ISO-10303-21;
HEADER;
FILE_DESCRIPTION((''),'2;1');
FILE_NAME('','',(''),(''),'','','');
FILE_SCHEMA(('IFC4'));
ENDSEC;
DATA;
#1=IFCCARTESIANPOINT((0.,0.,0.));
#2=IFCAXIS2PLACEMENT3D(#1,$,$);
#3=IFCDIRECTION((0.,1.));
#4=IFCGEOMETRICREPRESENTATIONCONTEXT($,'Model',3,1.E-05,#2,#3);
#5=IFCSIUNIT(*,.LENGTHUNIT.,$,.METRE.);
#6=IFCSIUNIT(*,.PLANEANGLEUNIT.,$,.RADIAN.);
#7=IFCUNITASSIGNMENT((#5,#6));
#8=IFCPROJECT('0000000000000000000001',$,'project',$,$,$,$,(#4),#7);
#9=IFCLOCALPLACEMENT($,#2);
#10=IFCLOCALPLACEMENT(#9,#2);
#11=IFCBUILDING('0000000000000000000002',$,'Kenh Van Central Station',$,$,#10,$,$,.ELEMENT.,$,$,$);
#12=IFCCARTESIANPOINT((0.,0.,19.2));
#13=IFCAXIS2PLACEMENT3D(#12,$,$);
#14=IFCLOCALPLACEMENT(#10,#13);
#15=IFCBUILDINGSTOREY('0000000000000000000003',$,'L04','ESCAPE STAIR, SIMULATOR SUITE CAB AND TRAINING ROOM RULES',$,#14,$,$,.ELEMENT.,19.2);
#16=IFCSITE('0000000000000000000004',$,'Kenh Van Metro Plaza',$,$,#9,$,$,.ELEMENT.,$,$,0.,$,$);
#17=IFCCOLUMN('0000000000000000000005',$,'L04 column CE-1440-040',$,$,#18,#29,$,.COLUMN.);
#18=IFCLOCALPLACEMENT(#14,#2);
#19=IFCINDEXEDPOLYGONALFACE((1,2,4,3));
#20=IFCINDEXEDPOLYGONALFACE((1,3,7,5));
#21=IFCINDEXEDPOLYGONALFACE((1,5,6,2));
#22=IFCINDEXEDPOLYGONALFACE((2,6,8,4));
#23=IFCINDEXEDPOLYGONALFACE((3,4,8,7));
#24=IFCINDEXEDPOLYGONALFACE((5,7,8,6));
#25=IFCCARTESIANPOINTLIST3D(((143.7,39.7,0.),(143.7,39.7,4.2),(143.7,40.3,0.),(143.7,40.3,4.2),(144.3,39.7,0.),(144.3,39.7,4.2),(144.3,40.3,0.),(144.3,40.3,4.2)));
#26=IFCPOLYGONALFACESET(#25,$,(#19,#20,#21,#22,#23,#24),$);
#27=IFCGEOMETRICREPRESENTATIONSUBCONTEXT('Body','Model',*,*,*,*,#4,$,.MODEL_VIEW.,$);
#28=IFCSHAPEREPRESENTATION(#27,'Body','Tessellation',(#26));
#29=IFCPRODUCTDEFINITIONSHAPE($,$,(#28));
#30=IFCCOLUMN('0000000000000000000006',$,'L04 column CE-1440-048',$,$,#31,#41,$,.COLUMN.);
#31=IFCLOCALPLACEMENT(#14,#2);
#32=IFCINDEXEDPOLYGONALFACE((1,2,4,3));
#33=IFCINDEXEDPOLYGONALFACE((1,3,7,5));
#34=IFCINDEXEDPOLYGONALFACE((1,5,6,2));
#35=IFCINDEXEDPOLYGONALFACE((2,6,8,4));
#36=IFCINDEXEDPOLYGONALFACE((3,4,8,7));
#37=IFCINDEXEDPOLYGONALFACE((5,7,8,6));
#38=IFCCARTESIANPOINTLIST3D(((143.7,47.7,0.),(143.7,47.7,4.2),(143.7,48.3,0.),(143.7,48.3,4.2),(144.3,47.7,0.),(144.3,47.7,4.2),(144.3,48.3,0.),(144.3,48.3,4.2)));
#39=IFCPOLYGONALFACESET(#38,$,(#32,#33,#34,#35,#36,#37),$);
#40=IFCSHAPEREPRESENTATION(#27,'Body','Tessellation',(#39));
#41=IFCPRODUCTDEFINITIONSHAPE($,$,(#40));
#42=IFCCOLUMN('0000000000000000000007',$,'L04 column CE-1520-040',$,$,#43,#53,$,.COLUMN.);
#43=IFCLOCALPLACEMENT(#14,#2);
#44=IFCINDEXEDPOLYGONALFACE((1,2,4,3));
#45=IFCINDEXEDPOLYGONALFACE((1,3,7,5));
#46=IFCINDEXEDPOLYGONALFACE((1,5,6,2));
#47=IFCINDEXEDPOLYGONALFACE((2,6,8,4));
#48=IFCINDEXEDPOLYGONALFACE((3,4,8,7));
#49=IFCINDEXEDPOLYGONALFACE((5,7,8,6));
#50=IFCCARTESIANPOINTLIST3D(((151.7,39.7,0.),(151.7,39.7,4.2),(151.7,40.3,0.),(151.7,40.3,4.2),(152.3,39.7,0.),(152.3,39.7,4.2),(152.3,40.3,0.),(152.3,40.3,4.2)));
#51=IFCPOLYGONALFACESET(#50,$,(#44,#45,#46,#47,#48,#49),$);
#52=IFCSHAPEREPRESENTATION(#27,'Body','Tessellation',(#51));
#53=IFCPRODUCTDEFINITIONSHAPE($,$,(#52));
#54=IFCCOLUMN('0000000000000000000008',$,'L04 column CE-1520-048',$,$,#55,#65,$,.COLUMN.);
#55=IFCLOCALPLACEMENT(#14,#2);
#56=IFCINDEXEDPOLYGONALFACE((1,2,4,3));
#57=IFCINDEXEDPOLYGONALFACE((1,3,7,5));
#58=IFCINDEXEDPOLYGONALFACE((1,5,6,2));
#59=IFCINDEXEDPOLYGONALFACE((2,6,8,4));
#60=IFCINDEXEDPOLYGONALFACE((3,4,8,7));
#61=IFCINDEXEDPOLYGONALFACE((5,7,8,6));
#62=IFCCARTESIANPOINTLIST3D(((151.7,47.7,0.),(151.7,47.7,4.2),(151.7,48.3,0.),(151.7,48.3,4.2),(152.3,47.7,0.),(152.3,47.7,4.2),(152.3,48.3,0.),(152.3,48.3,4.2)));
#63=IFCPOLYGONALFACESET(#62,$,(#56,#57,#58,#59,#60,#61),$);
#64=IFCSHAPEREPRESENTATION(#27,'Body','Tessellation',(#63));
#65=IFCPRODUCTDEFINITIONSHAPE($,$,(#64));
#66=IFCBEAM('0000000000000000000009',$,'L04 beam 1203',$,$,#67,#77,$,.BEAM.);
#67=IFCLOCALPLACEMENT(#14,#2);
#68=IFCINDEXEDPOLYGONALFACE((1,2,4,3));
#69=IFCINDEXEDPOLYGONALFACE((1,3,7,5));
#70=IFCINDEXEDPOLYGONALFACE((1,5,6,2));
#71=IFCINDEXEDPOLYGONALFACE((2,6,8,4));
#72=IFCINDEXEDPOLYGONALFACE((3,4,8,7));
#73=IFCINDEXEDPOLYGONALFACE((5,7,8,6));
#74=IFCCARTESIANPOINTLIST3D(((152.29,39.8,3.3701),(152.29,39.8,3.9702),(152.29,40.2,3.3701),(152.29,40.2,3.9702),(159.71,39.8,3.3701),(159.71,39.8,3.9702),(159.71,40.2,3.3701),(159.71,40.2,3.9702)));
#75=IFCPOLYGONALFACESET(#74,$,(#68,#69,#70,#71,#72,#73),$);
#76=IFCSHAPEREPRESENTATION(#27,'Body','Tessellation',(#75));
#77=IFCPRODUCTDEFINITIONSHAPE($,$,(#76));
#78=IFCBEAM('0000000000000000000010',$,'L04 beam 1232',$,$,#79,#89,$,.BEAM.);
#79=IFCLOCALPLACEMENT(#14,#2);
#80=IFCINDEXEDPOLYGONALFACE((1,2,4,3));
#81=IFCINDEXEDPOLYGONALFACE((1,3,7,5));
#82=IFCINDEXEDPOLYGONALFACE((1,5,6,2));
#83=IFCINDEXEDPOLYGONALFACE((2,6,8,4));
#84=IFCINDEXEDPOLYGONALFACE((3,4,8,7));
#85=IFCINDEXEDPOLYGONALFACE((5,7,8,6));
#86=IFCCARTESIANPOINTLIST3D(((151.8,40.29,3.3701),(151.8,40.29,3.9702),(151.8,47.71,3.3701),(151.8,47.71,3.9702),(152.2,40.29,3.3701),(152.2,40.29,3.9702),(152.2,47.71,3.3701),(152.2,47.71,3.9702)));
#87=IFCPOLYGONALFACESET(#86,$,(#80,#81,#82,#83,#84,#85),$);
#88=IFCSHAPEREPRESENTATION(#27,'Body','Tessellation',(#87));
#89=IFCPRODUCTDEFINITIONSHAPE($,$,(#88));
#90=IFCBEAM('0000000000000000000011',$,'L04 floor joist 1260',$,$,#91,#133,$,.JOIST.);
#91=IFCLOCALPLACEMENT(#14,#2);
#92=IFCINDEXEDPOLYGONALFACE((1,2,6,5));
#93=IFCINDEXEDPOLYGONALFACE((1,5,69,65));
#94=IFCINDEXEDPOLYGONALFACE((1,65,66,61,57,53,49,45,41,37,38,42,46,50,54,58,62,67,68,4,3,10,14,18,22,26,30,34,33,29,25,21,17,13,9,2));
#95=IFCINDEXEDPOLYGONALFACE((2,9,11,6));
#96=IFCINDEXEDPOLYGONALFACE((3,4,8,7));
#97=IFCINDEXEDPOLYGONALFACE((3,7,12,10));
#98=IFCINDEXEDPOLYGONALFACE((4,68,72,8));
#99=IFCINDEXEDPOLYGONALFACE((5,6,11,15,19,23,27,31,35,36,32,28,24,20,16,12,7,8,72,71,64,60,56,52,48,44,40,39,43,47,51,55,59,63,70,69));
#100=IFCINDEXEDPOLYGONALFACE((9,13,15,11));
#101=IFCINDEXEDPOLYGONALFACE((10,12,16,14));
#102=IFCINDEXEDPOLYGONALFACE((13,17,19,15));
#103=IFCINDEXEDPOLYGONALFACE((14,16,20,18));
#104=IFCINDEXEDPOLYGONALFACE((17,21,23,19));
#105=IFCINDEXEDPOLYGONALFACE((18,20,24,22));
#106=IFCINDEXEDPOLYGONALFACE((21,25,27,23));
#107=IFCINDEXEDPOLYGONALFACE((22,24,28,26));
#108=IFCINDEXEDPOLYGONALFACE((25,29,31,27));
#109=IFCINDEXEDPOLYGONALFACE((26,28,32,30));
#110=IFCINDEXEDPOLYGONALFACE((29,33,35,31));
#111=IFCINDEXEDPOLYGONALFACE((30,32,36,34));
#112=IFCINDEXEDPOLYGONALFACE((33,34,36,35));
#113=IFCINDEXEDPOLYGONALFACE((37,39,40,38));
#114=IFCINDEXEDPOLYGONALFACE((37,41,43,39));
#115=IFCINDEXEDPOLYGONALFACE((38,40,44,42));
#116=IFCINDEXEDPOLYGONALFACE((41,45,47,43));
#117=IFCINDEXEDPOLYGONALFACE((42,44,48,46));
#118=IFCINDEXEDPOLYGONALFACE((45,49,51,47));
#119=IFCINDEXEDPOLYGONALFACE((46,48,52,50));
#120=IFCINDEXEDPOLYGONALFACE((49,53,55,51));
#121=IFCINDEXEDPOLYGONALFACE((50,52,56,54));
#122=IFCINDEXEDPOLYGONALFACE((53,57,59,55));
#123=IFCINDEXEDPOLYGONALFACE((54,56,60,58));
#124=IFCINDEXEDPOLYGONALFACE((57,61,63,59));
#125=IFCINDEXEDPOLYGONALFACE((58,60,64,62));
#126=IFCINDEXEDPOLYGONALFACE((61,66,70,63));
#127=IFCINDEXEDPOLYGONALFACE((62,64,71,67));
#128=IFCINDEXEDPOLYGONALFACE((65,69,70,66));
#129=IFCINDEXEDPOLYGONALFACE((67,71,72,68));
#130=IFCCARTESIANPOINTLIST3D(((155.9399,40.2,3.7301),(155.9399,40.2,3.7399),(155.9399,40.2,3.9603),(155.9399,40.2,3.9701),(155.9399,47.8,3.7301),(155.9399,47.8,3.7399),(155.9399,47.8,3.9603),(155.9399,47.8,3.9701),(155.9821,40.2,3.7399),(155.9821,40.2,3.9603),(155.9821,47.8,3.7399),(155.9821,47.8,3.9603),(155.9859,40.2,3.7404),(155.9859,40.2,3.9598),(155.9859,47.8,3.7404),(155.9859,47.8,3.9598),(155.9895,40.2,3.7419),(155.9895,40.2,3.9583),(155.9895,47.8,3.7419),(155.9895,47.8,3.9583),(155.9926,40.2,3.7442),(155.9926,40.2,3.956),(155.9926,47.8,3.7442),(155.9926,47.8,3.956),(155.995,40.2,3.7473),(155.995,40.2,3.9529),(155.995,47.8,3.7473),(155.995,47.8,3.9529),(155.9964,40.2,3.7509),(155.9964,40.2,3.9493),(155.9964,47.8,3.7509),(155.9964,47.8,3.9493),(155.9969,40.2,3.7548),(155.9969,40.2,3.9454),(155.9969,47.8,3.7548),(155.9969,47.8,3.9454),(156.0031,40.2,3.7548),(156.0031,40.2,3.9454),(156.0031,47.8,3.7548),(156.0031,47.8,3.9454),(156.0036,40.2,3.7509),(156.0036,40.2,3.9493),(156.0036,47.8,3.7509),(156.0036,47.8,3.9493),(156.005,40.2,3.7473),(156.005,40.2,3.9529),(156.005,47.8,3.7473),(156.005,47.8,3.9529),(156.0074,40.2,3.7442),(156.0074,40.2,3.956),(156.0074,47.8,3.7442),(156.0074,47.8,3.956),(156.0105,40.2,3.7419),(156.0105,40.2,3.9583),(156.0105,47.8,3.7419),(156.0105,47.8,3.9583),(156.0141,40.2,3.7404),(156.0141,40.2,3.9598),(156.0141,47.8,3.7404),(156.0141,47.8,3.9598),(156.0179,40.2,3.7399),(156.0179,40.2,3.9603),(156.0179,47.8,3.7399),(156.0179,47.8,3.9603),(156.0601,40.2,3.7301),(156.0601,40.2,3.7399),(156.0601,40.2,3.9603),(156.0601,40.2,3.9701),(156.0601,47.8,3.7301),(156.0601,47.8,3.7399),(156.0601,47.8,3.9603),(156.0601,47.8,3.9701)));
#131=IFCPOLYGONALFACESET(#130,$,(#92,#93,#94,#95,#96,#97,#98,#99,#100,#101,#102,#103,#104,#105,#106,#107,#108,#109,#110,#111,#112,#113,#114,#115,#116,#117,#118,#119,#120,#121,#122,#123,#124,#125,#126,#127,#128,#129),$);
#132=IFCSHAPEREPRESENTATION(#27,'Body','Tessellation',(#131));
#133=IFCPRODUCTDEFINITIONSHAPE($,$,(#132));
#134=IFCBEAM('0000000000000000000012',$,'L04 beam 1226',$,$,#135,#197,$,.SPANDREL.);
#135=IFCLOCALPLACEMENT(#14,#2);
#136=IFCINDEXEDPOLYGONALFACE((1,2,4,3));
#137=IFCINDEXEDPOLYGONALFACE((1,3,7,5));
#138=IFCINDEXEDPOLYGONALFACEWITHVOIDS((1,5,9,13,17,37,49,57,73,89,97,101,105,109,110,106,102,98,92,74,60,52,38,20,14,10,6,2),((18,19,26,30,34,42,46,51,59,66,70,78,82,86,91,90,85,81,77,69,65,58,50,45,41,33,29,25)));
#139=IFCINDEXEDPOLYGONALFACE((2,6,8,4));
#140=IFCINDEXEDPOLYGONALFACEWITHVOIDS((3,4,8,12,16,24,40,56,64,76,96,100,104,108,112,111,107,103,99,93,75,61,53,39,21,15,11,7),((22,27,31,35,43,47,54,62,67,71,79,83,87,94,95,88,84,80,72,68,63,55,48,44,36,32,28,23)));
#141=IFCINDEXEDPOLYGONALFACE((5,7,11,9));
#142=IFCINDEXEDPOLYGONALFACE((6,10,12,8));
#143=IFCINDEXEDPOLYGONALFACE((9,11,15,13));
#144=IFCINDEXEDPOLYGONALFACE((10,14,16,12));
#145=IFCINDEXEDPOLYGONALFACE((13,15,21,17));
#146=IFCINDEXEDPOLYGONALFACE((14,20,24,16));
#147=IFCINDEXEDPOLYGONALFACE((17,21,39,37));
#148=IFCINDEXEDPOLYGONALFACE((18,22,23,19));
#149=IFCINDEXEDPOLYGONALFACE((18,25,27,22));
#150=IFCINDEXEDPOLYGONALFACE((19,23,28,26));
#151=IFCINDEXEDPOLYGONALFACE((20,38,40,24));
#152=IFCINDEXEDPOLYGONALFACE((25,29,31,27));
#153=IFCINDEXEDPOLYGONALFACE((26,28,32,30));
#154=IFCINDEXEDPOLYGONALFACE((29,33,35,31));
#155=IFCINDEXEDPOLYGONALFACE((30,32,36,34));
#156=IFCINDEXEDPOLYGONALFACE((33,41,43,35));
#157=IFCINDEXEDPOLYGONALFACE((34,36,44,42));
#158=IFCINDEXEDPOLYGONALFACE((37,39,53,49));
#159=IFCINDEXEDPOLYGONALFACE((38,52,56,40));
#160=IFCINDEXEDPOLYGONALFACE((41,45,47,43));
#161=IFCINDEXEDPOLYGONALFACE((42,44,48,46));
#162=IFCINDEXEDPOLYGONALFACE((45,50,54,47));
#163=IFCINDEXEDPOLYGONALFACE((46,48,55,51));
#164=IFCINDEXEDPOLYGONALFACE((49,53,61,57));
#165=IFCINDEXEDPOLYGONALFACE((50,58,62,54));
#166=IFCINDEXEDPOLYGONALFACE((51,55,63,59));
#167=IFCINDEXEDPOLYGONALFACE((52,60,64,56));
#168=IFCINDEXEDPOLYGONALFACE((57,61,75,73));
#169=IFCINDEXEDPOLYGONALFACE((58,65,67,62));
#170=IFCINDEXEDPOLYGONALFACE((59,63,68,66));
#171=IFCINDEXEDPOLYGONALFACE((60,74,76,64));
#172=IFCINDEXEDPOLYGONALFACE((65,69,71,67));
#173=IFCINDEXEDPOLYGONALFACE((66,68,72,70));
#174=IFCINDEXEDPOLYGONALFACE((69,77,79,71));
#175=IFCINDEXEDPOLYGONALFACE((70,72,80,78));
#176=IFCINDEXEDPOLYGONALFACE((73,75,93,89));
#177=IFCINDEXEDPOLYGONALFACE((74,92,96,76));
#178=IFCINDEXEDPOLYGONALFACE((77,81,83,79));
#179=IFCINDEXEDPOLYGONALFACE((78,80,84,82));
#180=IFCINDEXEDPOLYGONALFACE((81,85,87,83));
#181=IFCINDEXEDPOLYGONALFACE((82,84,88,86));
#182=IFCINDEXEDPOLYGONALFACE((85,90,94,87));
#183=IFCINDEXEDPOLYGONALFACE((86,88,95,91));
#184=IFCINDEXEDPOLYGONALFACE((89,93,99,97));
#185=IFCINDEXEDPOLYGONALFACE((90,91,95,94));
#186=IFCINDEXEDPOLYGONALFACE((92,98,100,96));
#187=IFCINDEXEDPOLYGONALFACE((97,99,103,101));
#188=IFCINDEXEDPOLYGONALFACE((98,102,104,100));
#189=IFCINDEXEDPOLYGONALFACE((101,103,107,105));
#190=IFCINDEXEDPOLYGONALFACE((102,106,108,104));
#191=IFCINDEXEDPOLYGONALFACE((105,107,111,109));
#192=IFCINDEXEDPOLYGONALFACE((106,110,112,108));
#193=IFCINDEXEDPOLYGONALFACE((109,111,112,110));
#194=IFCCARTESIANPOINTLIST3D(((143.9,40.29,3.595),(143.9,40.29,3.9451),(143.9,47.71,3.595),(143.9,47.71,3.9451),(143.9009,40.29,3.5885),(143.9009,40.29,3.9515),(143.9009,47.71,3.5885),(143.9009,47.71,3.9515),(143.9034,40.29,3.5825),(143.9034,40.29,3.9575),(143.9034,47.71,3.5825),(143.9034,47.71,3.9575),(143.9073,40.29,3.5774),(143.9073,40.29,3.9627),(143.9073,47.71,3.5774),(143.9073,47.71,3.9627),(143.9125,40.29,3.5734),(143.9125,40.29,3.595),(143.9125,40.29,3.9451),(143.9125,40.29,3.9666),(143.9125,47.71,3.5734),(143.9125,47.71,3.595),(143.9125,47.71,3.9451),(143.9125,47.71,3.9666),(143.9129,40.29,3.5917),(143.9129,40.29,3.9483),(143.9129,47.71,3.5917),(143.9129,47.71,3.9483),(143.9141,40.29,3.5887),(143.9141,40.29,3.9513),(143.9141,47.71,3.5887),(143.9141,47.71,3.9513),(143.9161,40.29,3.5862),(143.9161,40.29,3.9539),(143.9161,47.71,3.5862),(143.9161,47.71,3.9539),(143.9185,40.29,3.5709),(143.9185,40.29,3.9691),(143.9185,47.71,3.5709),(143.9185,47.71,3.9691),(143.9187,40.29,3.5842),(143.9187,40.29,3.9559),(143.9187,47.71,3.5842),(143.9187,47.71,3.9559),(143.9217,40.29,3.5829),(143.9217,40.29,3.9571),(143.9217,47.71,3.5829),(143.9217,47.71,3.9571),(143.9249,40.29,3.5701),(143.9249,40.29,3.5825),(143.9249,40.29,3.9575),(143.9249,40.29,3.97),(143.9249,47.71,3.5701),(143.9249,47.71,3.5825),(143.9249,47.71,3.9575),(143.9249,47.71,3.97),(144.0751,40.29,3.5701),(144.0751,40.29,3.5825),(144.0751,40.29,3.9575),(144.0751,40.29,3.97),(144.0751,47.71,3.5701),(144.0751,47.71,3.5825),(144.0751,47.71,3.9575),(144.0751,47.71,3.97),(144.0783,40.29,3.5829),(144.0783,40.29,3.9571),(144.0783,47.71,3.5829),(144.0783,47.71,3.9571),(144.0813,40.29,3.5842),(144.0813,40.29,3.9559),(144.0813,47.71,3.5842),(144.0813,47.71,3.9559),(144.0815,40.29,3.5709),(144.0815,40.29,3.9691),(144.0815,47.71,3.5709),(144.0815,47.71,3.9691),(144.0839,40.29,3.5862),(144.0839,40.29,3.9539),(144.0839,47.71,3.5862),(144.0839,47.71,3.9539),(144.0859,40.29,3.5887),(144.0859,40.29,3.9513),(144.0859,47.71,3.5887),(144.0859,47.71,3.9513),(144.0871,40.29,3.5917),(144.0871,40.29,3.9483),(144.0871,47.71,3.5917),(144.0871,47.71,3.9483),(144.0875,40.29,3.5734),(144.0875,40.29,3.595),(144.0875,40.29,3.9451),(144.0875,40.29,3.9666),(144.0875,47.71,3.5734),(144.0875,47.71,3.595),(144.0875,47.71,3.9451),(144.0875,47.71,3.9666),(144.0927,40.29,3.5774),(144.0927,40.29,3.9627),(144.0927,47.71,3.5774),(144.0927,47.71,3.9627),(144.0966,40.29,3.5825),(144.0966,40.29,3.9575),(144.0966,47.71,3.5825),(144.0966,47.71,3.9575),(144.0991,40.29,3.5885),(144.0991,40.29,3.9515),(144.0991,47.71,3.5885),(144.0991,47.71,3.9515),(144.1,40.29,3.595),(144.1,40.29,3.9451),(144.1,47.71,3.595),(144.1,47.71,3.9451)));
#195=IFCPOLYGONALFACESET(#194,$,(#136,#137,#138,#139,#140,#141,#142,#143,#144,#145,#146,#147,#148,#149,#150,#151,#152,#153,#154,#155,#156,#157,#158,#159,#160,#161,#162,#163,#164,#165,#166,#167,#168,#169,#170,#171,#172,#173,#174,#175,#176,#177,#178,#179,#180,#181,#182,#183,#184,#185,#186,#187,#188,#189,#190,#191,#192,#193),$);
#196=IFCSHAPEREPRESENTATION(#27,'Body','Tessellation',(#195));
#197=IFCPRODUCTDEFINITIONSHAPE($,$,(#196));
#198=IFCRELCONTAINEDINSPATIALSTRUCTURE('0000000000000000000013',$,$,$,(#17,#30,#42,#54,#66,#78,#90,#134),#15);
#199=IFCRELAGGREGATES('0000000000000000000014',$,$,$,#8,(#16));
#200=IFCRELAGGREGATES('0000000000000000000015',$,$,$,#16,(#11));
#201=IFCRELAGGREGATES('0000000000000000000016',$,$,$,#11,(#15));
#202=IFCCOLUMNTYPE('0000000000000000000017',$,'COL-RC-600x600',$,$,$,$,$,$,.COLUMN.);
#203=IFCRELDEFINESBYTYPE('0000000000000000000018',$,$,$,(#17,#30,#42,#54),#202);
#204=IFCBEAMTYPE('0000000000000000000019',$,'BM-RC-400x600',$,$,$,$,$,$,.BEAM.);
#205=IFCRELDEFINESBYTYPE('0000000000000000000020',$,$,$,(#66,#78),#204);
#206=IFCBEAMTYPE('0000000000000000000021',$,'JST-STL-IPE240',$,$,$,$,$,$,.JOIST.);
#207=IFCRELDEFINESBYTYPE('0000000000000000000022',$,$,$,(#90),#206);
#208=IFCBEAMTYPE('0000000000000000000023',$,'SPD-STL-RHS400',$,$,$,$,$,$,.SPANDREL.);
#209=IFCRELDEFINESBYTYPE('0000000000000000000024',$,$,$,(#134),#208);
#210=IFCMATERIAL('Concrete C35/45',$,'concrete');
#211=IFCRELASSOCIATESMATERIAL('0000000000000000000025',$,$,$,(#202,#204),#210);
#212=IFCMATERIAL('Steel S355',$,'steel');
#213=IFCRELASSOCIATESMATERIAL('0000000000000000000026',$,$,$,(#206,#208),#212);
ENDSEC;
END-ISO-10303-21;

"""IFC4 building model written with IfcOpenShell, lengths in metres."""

from ifc_helpers import new_model, si_unit, direction, frame, origin, origin_2d, place, context, subcontext, project, spatial, rectangle, hollow_rectangle, i_section, extrude, material, material_profile, profile_set, type_object, element, save


model = new_model("IFC4")

# Units and contexts
model_context = context("Model", 3, precision=1e-05, world=origin(), true_north=direction((0.0, 1.0)))
body_context = subcontext(model_context, "Body", "Model", "MODEL_VIEW")
ifc_project = project(units=[si_unit("LENGTHUNIT", "METRE"), si_unit("PLANEANGLEUNIT", "RADIAN")], contexts=[model_context])

# Site, building, storey
site_placement = place(None, origin())
site = spatial("IfcSite", under=ifc_project, at=site_placement, Name="Kenh Van Metro Plaza", CompositionType="ELEMENT", RefElevation=0.0)
building_placement = place(site_placement, origin())
building = spatial("IfcBuilding", under=site, at=building_placement, Name="Kenh Van Central Station", CompositionType="ELEMENT")
storey_placement = place(building_placement, frame((0.0, 0.0, 19.2)))
storey = spatial("IfcBuildingStorey", under=building, at=storey_placement, Name="L04", Description="ESCAPE STAIR, SIMULATOR SUITE CAB AND TRAINING ROOM RULES", CompositionType="ELEMENT", Elevation=19.2)

# Columns
ifc_material_1 = material(Name="Concrete C35/45", Category="concrete")
ifc_material_profile_1 = material_profile(ifc_material_1, rectangle(XDim=0.6001, YDim=0.6001, at=origin_2d()), Name="RC 600x600")
ifc_profile_set_1 = profile_set([ifc_material_profile_1], Name="Concrete C35/45")
column_type = type_object("IfcColumnType", Name="COL-RC-600x600", PredefinedType="COLUMN", material=ifc_profile_set_1)
for number, where, z_axis, x_axis, name in (
    (1, (144.0, 40.0, 0.0), (0.0, 0.0, 1.0), (1.0, 0.0, 0.0), "L04 column CE-1440-040"),
    (2, (144.0, 48.0, 0.0), (0.0, 0.0, 1.0), (1.0, 0.0, 0.0), "L04 column CE-1440-048"),
    (3, (152.0, 40.0, 0.0), (0.0, 0.0, 1.0), (1.0, 0.0, 0.0), "L04 column CE-1520-040"),
    (4, (152.0, 48.0, 0.0), (0.0, 0.0, 1.0), (1.0, 0.0, 0.0), "L04 column CE-1520-048"),
):
    element("IfcColumn", number, at=place(storey_placement, frame(where, z_axis=z_axis, x_axis=x_axis)), inside=storey, type_object=column_type, Name=name, PredefinedType="COLUMN", context=body_context, shape_type="SweptSolid", body=[
        extrude(rectangle(XDim=0.6001, YDim=0.6001, at=origin_2d()), origin(), (0.0, 0.0, 1.0), 4.2),
    ])

# Beams
ifc_material_profile_2 = material_profile(ifc_material_1, rectangle(XDim=0.3999, YDim=0.6001, at=origin_2d()), Name="RC 400x600")
ifc_profile_set_2 = profile_set([ifc_material_profile_2], Name="Concrete C35/45")
beam_type_1 = type_object("IfcBeamType", Name="BM-RC-400x600", PredefinedType="BEAM", material=ifc_profile_set_2)
for number, where, z_axis, x_axis, name in (
    (5, (152.29, 40.0, 3.6702), (1.0, 0.0, 0.0), (0.0, 1.0, 0.0), "L04 beam 1203"),
    (6, (152.0, 40.29, 3.6702), (0.0, 1.0, 0.0), (-1.0, 0.0, 0.0), "L04 beam 1232"),
):
    element("IfcBeam", number, at=place(storey_placement, frame(where, z_axis=z_axis, x_axis=x_axis)), inside=storey, type_object=beam_type_1, Name=name, PredefinedType="BEAM", context=body_context, shape_type="SweptSolid", body=[
        extrude(rectangle(XDim=0.3999, YDim=0.6001, at=origin_2d()), origin(), (0.0, 0.0, 1.0), 7.4199),
    ])
ifc_material_2 = material(Name="Steel S355", Category="steel")
ifc_material_profile_3 = material_profile(ifc_material_2, i_section(OverallWidth=0.1201, OverallDepth=0.24, WebThickness=0.0061, FlangeThickness=0.0098, FilletRadius=0.0149, at=origin_2d()), Name="IPE 240")
ifc_profile_set_3 = profile_set([ifc_material_profile_3], Name="Steel S355")
beam_type_2 = type_object("IfcBeamType", Name="JST-STL-IPE240", PredefinedType="JOIST", material=ifc_profile_set_3)
beam_1_placement = place(storey_placement, frame((156.0, 40.2, 3.8501), z_axis=(0.0, 1.0, 0.0), x_axis=(-1.0, 0.0, 0.0)))
element("IfcBeam", 7, at=beam_1_placement, inside=storey, type_object=beam_type_2, Name="L04 floor joist 1260", PredefinedType="JOIST", context=body_context, shape_type="SweptSolid", body=[
    extrude(i_section(OverallWidth=0.1201, OverallDepth=0.24, WebThickness=0.0061, FlangeThickness=0.0098, FilletRadius=0.0149, at=origin_2d()), origin(), (0.0, 0.0, 1.0), 7.6001),
])
ifc_material_profile_4 = material_profile(ifc_material_2, hollow_rectangle(XDim=0.2, YDim=0.3999, WallThickness=0.0125, InnerFilletRadius=0.0125, OuterFilletRadius=0.0249, at=origin_2d()), Name="RHS 400x200x12.5")
ifc_profile_set_4 = profile_set([ifc_material_profile_4], Name="Steel S355")
beam_type_3 = type_object("IfcBeamType", Name="SPD-STL-RHS400", PredefinedType="SPANDREL", material=ifc_profile_set_4)
beam_2_placement = place(storey_placement, frame((144.0, 40.29, 3.77), z_axis=(0.0, 1.0, 0.0), x_axis=(-1.0, 0.0, 0.0)))
element("IfcBeam", 8, at=beam_2_placement, inside=storey, type_object=beam_type_3, Name="L04 beam 1226", PredefinedType="SPANDREL", context=body_context, shape_type="SweptSolid", body=[
    extrude(hollow_rectangle(XDim=0.2, YDim=0.3999, WallThickness=0.0125, InnerFilletRadius=0.0125, OuterFilletRadius=0.0249, at=origin_2d()), origin(), (0.0, 0.0, 1.0), 7.4199),
])

save(model, "model.ifc")
